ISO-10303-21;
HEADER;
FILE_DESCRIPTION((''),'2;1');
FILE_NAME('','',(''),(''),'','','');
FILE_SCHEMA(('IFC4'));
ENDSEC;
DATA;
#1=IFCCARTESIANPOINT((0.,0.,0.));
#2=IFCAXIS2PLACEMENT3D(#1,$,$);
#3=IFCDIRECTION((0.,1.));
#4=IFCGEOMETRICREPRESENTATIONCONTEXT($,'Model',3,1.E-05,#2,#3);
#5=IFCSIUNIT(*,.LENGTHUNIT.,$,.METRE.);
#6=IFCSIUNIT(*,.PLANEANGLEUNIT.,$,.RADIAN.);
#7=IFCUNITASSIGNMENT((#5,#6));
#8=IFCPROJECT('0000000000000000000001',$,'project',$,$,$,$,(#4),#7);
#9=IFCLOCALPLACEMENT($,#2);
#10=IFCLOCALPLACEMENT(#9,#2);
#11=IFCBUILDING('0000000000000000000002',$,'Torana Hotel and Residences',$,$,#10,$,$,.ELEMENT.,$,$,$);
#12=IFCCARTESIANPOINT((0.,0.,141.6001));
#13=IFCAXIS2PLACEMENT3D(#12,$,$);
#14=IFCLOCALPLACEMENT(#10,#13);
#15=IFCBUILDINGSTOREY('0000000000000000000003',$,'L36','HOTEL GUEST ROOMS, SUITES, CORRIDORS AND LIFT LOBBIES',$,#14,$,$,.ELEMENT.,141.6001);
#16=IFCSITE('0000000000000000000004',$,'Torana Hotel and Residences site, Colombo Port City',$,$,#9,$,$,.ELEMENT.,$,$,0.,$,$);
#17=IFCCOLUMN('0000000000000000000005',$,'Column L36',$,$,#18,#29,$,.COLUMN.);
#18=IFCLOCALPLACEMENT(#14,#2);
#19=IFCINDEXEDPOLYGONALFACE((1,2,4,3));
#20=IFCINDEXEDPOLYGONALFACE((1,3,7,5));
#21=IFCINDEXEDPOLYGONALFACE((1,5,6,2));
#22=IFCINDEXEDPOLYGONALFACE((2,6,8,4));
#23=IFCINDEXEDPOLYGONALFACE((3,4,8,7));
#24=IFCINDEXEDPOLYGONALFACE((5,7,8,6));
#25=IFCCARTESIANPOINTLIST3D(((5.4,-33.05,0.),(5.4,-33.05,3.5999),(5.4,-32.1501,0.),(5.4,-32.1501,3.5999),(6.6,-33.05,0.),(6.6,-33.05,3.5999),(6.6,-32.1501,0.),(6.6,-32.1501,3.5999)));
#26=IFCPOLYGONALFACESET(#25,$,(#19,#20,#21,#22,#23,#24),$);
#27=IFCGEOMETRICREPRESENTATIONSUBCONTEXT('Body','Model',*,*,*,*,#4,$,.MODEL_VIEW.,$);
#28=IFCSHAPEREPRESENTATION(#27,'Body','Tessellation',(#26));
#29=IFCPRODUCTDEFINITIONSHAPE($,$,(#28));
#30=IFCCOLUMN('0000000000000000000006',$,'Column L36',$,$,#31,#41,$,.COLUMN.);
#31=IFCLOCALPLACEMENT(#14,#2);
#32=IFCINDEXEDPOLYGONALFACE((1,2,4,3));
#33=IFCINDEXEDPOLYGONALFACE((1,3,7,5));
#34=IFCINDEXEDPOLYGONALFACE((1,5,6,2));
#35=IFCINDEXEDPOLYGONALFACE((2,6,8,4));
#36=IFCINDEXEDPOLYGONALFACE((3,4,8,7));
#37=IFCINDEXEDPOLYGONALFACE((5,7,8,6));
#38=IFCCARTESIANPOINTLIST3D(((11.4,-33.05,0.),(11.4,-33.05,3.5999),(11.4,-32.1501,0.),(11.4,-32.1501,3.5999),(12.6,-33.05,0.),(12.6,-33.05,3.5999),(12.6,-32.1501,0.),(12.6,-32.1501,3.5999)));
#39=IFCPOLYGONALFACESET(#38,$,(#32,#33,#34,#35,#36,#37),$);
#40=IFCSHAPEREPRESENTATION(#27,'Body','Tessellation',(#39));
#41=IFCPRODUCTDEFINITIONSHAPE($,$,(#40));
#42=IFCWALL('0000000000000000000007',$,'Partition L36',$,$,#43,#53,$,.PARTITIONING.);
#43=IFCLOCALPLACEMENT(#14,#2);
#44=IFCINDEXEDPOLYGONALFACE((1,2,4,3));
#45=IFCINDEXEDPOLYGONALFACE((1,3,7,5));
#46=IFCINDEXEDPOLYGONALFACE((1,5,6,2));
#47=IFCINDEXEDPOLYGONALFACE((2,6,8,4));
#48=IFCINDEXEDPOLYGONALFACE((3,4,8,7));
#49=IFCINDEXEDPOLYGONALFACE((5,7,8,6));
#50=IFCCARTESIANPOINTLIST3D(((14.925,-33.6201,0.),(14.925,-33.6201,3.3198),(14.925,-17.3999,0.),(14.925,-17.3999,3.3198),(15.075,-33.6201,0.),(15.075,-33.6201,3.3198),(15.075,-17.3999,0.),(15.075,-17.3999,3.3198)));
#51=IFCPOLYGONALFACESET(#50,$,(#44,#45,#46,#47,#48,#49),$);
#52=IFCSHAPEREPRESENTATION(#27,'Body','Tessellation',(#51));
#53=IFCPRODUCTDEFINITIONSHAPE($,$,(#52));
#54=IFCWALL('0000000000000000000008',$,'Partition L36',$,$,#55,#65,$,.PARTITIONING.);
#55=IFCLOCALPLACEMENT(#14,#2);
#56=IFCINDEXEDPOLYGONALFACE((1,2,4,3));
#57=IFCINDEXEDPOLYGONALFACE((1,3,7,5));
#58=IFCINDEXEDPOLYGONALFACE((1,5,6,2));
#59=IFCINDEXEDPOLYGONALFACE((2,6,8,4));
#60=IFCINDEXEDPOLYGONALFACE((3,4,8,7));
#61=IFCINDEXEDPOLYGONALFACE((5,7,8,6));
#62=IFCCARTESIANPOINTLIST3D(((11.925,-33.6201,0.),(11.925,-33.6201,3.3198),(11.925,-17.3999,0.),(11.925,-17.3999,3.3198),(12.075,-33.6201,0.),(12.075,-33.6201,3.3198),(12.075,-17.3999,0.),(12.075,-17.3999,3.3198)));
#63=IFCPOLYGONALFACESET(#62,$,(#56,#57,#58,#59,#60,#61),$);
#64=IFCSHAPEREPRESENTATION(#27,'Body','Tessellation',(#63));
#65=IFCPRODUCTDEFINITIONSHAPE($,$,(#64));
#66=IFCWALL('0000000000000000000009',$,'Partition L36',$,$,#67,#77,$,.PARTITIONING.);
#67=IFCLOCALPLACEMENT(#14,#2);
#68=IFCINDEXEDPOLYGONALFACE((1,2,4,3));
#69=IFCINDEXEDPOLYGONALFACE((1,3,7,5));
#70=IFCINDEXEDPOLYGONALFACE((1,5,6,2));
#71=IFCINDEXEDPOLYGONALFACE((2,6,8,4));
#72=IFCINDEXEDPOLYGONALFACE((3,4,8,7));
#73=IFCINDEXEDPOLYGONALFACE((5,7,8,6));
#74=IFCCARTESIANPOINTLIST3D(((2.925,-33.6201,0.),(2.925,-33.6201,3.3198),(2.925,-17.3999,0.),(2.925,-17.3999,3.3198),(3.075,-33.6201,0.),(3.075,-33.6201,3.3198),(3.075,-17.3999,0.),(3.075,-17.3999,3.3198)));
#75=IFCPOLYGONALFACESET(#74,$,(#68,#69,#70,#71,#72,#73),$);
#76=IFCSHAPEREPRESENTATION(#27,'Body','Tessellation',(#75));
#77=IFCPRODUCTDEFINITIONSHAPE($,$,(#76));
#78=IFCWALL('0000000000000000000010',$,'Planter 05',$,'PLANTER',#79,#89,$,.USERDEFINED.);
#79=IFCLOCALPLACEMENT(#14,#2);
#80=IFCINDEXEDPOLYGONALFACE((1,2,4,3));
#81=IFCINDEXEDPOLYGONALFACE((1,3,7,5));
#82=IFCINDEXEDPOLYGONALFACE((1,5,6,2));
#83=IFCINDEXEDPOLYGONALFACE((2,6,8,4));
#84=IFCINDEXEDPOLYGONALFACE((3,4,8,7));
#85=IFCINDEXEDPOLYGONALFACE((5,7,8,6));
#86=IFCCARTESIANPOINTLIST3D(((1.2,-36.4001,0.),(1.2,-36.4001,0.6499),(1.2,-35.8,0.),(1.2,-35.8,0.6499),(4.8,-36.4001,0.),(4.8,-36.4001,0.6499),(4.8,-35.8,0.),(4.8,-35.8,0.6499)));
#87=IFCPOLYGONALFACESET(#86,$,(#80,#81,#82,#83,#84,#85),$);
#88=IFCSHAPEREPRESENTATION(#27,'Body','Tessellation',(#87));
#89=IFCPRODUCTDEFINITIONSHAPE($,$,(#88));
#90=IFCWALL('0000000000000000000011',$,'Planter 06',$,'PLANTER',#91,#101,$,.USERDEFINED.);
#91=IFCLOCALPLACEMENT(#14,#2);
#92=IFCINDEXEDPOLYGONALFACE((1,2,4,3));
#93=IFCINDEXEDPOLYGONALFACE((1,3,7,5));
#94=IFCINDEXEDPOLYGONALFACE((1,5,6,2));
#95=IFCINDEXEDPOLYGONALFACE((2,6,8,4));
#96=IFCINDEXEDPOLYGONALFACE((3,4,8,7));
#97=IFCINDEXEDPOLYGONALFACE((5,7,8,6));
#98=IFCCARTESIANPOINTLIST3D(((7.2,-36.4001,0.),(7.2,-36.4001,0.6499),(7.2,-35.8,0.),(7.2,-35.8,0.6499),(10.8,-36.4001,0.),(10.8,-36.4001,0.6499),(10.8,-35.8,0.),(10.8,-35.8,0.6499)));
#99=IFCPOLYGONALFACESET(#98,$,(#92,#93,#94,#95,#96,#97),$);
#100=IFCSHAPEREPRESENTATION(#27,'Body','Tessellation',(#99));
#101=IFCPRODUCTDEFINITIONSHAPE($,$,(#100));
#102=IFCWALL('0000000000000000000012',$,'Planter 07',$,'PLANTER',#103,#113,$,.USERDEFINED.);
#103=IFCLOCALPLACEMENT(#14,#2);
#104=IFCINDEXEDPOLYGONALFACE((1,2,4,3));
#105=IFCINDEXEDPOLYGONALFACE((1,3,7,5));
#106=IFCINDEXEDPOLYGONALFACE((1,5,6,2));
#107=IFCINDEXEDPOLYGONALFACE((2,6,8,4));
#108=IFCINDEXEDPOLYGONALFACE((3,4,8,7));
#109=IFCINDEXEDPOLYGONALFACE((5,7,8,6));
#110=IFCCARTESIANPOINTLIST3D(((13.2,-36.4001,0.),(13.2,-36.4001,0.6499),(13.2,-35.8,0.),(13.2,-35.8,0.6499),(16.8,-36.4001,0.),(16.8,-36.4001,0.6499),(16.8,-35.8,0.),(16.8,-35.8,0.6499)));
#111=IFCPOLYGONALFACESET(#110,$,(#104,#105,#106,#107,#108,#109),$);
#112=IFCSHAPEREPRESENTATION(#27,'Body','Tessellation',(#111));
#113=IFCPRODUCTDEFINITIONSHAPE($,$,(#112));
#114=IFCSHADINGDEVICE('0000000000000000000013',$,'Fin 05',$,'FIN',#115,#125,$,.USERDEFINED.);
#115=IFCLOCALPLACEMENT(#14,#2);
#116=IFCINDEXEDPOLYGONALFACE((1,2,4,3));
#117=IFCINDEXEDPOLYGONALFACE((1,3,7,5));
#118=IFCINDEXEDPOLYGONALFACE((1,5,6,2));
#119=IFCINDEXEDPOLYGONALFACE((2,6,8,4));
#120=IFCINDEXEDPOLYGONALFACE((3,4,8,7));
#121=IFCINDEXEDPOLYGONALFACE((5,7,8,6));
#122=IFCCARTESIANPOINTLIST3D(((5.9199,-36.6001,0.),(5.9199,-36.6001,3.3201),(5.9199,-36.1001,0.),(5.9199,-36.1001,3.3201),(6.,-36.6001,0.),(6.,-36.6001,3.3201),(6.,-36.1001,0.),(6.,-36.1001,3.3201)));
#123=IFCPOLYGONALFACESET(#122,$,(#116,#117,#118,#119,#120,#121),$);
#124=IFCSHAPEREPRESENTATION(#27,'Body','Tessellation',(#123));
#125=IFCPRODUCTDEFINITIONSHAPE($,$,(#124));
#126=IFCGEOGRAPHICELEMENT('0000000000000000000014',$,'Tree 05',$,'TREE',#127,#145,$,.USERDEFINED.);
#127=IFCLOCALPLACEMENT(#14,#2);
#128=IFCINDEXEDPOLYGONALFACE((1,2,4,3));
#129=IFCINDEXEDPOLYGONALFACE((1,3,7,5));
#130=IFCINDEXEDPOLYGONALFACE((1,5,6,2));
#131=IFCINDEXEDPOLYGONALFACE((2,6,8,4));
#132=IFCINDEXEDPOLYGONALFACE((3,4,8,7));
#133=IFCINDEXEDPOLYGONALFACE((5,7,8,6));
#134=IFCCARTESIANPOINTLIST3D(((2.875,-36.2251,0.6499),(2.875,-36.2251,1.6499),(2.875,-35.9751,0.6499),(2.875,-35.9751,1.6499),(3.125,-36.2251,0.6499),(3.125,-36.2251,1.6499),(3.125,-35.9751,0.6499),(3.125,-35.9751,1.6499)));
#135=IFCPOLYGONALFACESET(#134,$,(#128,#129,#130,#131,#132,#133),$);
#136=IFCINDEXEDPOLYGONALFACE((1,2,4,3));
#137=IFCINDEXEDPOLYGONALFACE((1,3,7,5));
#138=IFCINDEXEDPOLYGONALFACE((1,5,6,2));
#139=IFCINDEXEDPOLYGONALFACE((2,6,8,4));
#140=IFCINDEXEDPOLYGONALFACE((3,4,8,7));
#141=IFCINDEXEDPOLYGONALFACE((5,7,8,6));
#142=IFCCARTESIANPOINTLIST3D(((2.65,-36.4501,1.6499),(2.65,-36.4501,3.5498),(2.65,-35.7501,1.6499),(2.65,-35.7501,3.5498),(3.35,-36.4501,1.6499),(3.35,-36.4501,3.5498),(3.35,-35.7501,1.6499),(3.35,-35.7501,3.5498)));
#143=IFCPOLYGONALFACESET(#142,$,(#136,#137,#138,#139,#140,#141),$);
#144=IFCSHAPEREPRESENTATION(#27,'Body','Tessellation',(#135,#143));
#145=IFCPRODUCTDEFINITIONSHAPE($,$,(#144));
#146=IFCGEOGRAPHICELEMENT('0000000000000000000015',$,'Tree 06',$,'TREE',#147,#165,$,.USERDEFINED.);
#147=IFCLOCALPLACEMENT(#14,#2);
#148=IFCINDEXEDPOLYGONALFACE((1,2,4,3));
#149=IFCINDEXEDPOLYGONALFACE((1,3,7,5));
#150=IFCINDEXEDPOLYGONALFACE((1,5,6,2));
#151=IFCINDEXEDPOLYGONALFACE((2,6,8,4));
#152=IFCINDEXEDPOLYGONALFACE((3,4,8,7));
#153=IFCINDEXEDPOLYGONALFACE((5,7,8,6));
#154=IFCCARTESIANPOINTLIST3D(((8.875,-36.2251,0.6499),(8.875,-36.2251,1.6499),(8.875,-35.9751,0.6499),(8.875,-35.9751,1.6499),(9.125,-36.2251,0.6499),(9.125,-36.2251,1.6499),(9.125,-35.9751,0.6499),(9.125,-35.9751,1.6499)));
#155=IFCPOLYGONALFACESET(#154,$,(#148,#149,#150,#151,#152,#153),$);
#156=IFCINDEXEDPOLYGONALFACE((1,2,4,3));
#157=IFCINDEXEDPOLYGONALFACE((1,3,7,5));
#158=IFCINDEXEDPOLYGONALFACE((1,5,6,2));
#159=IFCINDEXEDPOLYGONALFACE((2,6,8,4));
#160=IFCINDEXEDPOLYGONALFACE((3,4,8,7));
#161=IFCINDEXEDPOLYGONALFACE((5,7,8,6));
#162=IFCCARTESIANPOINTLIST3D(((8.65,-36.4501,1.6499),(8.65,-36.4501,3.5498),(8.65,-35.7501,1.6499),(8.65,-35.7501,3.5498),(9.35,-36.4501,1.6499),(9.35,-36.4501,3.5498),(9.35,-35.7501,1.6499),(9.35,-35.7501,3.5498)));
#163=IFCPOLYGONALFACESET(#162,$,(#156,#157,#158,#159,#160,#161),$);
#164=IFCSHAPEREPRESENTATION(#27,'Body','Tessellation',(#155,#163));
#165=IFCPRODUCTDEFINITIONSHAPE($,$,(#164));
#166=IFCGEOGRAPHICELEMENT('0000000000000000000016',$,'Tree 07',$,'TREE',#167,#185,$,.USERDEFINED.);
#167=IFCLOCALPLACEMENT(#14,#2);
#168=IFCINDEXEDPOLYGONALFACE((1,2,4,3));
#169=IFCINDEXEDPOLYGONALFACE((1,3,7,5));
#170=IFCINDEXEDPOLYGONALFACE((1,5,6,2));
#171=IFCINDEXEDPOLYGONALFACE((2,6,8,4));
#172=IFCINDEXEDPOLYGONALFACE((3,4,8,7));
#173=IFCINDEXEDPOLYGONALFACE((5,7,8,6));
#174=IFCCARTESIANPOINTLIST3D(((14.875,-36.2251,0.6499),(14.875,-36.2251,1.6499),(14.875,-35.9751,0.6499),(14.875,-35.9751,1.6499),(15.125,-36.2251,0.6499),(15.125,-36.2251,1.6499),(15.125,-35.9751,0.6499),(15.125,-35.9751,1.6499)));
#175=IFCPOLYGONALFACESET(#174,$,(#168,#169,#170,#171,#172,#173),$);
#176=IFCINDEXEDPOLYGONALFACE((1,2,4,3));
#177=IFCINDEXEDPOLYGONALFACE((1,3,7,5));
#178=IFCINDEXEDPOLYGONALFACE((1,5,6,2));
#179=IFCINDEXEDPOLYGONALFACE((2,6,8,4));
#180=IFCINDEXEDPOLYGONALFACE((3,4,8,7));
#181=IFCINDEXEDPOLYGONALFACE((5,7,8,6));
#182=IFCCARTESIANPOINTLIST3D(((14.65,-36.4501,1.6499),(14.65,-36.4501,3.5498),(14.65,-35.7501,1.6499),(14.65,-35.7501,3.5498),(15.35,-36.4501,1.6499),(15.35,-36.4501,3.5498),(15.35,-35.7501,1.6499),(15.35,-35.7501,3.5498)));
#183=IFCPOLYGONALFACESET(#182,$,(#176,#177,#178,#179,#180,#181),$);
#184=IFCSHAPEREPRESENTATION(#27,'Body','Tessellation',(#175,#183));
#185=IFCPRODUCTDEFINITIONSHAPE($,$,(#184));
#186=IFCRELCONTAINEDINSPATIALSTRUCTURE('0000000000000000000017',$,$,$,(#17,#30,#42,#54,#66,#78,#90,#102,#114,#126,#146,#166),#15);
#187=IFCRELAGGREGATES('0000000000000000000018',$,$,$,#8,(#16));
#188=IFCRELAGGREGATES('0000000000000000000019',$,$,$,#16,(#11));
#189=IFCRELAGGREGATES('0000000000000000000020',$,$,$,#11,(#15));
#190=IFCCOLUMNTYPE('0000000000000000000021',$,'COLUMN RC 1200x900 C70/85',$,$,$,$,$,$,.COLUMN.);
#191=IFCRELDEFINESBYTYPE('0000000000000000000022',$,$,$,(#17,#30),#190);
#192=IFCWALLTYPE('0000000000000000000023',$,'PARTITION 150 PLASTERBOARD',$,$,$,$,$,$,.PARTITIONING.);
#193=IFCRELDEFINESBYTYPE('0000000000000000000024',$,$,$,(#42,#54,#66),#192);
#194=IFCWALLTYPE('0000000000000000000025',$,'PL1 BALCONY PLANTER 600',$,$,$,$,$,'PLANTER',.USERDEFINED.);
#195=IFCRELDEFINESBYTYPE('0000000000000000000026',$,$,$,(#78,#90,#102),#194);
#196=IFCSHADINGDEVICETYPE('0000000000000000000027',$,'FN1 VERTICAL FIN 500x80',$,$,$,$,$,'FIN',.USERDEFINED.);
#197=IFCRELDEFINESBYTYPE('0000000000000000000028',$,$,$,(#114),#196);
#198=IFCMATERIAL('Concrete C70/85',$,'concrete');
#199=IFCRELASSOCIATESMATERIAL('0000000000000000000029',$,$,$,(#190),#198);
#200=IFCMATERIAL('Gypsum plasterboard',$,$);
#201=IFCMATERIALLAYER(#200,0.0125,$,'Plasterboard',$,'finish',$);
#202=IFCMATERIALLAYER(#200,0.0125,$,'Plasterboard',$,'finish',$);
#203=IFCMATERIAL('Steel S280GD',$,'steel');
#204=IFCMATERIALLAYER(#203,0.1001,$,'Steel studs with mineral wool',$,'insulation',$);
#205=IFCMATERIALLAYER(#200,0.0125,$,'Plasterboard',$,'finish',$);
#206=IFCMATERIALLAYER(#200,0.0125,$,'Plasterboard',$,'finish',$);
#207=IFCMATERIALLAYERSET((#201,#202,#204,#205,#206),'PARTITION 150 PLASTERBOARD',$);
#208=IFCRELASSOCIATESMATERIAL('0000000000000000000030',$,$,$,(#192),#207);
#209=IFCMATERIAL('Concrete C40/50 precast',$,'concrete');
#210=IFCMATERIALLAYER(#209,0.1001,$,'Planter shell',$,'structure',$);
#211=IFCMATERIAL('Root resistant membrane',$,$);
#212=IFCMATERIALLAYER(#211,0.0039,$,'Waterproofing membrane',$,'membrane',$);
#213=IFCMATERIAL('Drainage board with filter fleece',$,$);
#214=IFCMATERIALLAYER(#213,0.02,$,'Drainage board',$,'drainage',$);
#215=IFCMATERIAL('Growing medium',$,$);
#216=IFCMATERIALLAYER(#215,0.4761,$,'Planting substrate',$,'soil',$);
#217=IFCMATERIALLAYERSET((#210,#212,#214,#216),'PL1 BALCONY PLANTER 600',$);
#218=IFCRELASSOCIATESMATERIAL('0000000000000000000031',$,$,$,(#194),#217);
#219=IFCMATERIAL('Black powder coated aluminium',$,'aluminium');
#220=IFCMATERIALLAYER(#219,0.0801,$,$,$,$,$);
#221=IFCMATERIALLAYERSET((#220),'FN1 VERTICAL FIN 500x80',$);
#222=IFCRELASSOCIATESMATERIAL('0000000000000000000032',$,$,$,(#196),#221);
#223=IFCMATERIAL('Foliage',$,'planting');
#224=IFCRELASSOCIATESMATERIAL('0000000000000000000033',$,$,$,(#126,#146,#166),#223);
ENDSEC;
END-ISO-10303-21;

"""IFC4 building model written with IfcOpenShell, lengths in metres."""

from ifc_helpers import new_model, si_unit, direction, frame, frame_2d, origin, origin_2d, place, context, subcontext, project, spatial, rectangle, extrude, material, layer, layer_set, material_profile, profile_set, type_object, element, save


model = new_model("IFC4")

# Units and contexts
model_context = context("Model", 3, precision=1e-05, world=origin(), true_north=direction((0.0, 1.0)))
body_context = subcontext(model_context, "Body", "Model", "MODEL_VIEW")
ifc_project = project(units=[si_unit("LENGTHUNIT", "METRE"), si_unit("PLANEANGLEUNIT", "RADIAN")], contexts=[model_context])

# Site, building, storey
site_placement = place(None, origin())
site = spatial("IfcSite", under=ifc_project, at=site_placement, Name="Torana Hotel and Residences site, Colombo Port City", CompositionType="ELEMENT", RefElevation=0.0)
building_placement = place(site_placement, origin())
building = spatial("IfcBuilding", under=site, at=building_placement, Name="Torana Hotel and Residences", CompositionType="ELEMENT")
storey_placement = place(building_placement, frame((0.0, 0.0, 141.6001)))
storey = spatial("IfcBuildingStorey", under=building, at=storey_placement, Name="L36", Description="HOTEL GUEST ROOMS, SUITES, CORRIDORS AND LIFT LOBBIES", CompositionType="ELEMENT", Elevation=141.6001)

# Columns
ifc_material_1 = material(Name="Concrete C70/85", Category="concrete")
ifc_material_profile = material_profile(ifc_material_1, rectangle(XDim=1.2, YDim=0.8999, at=origin_2d()), Name="RC 1200x900")
ifc_profile_set = profile_set([ifc_material_profile], Name="Concrete C70/85")
column_type = type_object("IfcColumnType", Name="COLUMN RC 1200x900 C70/85", PredefinedType="COLUMN", material=ifc_profile_set)
for number, where, z_axis, x_axis, name in (
    (1, (6.0, -32.6001, 0.0), (0.0, 0.0, 1.0), (1.0, 0.0, 0.0), "Column L36"),
    (2, (12.0, -32.6001, 0.0), (0.0, 0.0, 1.0), (1.0, 0.0, 0.0), "Column L36"),
):
    element("IfcColumn", number, at=place(storey_placement, frame(where, z_axis=z_axis, x_axis=x_axis)), inside=storey, type_object=column_type, Name=name, PredefinedType="COLUMN", context=body_context, shape_type="SweptSolid", body=[
        extrude(rectangle(XDim=1.2, YDim=0.8999, at=origin_2d()), origin(), (0.0, 0.0, 1.0), 3.5999),
    ])

# Walls
ifc_material_2 = material(Name="Gypsum plasterboard")
ifc_layer_1 = layer(ifc_material_2, 0.0125, Name="Plasterboard", Category="finish")
ifc_layer_2 = layer(ifc_material_2, 0.0125, Name="Plasterboard", Category="finish")
ifc_material_3 = material(Name="Steel S280GD", Category="steel")
ifc_layer_3 = layer(ifc_material_3, 0.1001, Name="Steel studs with mineral wool", Category="insulation")
ifc_layer_4 = layer(ifc_material_2, 0.0125, Name="Plasterboard", Category="finish")
ifc_layer_5 = layer(ifc_material_2, 0.0125, Name="Plasterboard", Category="finish")
ifc_layer_set_1 = layer_set([ifc_layer_1, ifc_layer_2, ifc_layer_3, ifc_layer_4, ifc_layer_5], Name="PARTITION 150 PLASTERBOARD")
wall_type_1 = type_object("IfcWallType", Name="PARTITION 150 PLASTERBOARD", PredefinedType="PARTITIONING", material=ifc_layer_set_1)
for number, where, z_axis, x_axis, name in (
    (3, (15.0, -33.6201, 0.0), (0.0, 0.0, 1.0), (0.0, 1.0, 0.0), "Partition L36"),
    (4, (12.0, -33.6201, 0.0), (0.0, 0.0, 1.0), (0.0, 1.0, 0.0), "Partition L36"),
    (5, (3.0, -33.6201, 0.0), (0.0, 0.0, 1.0), (0.0, 1.0, 0.0), "Partition L36"),
):
    element("IfcWall", number, at=place(storey_placement, frame(where, z_axis=z_axis, x_axis=x_axis)), inside=storey, type_object=wall_type_1, Name=name, PredefinedType="PARTITIONING", context=body_context, shape_type="SweptSolid", body=[
        extrude(rectangle(XDim=16.2202, YDim=0.1499, at=frame_2d((8.1101, 0.0))), origin(), (0.0, 0.0, 1.0), 3.3198),
    ])
ifc_material_4 = material(Name="Concrete C40/50 precast", Category="concrete")
ifc_layer_6 = layer(ifc_material_4, 0.1001, Name="Planter shell", Category="structure")
ifc_material_5 = material(Name="Root resistant membrane")
ifc_layer_7 = layer(ifc_material_5, 0.0039, Name="Waterproofing membrane", Category="membrane")
ifc_material_6 = material(Name="Drainage board with filter fleece")
ifc_layer_8 = layer(ifc_material_6, 0.02, Name="Drainage board", Category="drainage")
ifc_material_7 = material(Name="Growing medium")
ifc_layer_9 = layer(ifc_material_7, 0.4761, Name="Planting substrate", Category="soil")
ifc_layer_set_2 = layer_set([ifc_layer_6, ifc_layer_7, ifc_layer_8, ifc_layer_9], Name="PL1 BALCONY PLANTER 600")
wall_type_2 = type_object("IfcWallType", Name="PL1 BALCONY PLANTER 600", ElementType="PLANTER", PredefinedType="USERDEFINED", material=ifc_layer_set_2)
for number, where, z_axis, x_axis, name in (
    (6, (4.8, -36.1001, 0.0), (0.0, 0.0, 1.0), (-1.0, 0.0, 0.0), "Planter 05"),
    (7, (10.8, -36.1001, 0.0), (0.0, 0.0, 1.0), (-1.0, 0.0, 0.0), "Planter 06"),
    (8, (16.8, -36.1001, 0.0), (0.0, 0.0, 1.0), (-1.0, 0.0, 0.0), "Planter 07"),
):
    element("IfcWall", number, at=place(storey_placement, frame(where, z_axis=z_axis, x_axis=x_axis)), inside=storey, type_object=wall_type_2, Name=name, ObjectType="PLANTER", PredefinedType="USERDEFINED", context=body_context, shape_type="SweptSolid", body=[
        extrude(rectangle(XDim=3.6001, YDim=0.6001, at=frame_2d((1.8, 0.0))), origin(), (0.0, 0.0, 1.0), 0.6499),
    ])

# Shading device
ifc_material_8 = material(Name="Black powder coated aluminium", Category="aluminium")
ifc_layer_10 = layer(ifc_material_8, 0.0801)
ifc_layer_set_3 = layer_set([ifc_layer_10], Name="FN1 VERTICAL FIN 500x80")
shading_device_type = type_object("IfcShadingDeviceType", Name="FN1 VERTICAL FIN 500x80", ElementType="FIN", PredefinedType="USERDEFINED", material=ifc_layer_set_3)
shading_device_placement = place(storey_placement, frame((5.96, -36.3501, 0.0), z_axis=(0.0, 0.0, 1.0), x_axis=(-1.0, 0.0, 0.0)))
element("IfcShadingDevice", 9, at=shading_device_placement, inside=storey, type_object=shading_device_type, Name="Fin 05", ObjectType="FIN", PredefinedType="USERDEFINED", context=body_context, shape_type="SweptSolid", body=[
    extrude(rectangle(XDim=0.0801, YDim=0.5, at=origin_2d()), origin(), (0.0, 0.0, 1.0), 3.3201),
])

# Geographic elements
ifc_material_9 = material(Name="Foliage", Category="planting")
for number, where, z_axis, x_axis, name in (
    (10, (3.0, -36.1001, 0.6499), (0.0, 0.0, 1.0), (1.0, 0.0, 0.0), "Tree 05"),
    (11, (9.0, -36.1001, 0.6499), (0.0, 0.0, 1.0), (1.0, 0.0, 0.0), "Tree 06"),
    (12, (15.0, -36.1001, 0.6499), (0.0, 0.0, 1.0), (1.0, 0.0, 0.0), "Tree 07"),
):
    element("IfcGeographicElement", number, at=place(storey_placement, frame(where, z_axis=z_axis, x_axis=x_axis)), inside=storey, material=ifc_material_9, Name=name, ObjectType="TREE", PredefinedType="USERDEFINED", context=body_context, shape_type="SweptSolid", body=[
        extrude(rectangle(XDim=0.25, YDim=0.25, at=origin_2d()), origin(), (0.0, 0.0, 1.0), 1.0),
        extrude(rectangle(XDim=0.7, YDim=0.7, at=origin_2d()), frame((0.0, 0.0, 1.0)), (0.0, 0.0, 1.0), 1.8999),
    ])

save(model, "model.ifc")
